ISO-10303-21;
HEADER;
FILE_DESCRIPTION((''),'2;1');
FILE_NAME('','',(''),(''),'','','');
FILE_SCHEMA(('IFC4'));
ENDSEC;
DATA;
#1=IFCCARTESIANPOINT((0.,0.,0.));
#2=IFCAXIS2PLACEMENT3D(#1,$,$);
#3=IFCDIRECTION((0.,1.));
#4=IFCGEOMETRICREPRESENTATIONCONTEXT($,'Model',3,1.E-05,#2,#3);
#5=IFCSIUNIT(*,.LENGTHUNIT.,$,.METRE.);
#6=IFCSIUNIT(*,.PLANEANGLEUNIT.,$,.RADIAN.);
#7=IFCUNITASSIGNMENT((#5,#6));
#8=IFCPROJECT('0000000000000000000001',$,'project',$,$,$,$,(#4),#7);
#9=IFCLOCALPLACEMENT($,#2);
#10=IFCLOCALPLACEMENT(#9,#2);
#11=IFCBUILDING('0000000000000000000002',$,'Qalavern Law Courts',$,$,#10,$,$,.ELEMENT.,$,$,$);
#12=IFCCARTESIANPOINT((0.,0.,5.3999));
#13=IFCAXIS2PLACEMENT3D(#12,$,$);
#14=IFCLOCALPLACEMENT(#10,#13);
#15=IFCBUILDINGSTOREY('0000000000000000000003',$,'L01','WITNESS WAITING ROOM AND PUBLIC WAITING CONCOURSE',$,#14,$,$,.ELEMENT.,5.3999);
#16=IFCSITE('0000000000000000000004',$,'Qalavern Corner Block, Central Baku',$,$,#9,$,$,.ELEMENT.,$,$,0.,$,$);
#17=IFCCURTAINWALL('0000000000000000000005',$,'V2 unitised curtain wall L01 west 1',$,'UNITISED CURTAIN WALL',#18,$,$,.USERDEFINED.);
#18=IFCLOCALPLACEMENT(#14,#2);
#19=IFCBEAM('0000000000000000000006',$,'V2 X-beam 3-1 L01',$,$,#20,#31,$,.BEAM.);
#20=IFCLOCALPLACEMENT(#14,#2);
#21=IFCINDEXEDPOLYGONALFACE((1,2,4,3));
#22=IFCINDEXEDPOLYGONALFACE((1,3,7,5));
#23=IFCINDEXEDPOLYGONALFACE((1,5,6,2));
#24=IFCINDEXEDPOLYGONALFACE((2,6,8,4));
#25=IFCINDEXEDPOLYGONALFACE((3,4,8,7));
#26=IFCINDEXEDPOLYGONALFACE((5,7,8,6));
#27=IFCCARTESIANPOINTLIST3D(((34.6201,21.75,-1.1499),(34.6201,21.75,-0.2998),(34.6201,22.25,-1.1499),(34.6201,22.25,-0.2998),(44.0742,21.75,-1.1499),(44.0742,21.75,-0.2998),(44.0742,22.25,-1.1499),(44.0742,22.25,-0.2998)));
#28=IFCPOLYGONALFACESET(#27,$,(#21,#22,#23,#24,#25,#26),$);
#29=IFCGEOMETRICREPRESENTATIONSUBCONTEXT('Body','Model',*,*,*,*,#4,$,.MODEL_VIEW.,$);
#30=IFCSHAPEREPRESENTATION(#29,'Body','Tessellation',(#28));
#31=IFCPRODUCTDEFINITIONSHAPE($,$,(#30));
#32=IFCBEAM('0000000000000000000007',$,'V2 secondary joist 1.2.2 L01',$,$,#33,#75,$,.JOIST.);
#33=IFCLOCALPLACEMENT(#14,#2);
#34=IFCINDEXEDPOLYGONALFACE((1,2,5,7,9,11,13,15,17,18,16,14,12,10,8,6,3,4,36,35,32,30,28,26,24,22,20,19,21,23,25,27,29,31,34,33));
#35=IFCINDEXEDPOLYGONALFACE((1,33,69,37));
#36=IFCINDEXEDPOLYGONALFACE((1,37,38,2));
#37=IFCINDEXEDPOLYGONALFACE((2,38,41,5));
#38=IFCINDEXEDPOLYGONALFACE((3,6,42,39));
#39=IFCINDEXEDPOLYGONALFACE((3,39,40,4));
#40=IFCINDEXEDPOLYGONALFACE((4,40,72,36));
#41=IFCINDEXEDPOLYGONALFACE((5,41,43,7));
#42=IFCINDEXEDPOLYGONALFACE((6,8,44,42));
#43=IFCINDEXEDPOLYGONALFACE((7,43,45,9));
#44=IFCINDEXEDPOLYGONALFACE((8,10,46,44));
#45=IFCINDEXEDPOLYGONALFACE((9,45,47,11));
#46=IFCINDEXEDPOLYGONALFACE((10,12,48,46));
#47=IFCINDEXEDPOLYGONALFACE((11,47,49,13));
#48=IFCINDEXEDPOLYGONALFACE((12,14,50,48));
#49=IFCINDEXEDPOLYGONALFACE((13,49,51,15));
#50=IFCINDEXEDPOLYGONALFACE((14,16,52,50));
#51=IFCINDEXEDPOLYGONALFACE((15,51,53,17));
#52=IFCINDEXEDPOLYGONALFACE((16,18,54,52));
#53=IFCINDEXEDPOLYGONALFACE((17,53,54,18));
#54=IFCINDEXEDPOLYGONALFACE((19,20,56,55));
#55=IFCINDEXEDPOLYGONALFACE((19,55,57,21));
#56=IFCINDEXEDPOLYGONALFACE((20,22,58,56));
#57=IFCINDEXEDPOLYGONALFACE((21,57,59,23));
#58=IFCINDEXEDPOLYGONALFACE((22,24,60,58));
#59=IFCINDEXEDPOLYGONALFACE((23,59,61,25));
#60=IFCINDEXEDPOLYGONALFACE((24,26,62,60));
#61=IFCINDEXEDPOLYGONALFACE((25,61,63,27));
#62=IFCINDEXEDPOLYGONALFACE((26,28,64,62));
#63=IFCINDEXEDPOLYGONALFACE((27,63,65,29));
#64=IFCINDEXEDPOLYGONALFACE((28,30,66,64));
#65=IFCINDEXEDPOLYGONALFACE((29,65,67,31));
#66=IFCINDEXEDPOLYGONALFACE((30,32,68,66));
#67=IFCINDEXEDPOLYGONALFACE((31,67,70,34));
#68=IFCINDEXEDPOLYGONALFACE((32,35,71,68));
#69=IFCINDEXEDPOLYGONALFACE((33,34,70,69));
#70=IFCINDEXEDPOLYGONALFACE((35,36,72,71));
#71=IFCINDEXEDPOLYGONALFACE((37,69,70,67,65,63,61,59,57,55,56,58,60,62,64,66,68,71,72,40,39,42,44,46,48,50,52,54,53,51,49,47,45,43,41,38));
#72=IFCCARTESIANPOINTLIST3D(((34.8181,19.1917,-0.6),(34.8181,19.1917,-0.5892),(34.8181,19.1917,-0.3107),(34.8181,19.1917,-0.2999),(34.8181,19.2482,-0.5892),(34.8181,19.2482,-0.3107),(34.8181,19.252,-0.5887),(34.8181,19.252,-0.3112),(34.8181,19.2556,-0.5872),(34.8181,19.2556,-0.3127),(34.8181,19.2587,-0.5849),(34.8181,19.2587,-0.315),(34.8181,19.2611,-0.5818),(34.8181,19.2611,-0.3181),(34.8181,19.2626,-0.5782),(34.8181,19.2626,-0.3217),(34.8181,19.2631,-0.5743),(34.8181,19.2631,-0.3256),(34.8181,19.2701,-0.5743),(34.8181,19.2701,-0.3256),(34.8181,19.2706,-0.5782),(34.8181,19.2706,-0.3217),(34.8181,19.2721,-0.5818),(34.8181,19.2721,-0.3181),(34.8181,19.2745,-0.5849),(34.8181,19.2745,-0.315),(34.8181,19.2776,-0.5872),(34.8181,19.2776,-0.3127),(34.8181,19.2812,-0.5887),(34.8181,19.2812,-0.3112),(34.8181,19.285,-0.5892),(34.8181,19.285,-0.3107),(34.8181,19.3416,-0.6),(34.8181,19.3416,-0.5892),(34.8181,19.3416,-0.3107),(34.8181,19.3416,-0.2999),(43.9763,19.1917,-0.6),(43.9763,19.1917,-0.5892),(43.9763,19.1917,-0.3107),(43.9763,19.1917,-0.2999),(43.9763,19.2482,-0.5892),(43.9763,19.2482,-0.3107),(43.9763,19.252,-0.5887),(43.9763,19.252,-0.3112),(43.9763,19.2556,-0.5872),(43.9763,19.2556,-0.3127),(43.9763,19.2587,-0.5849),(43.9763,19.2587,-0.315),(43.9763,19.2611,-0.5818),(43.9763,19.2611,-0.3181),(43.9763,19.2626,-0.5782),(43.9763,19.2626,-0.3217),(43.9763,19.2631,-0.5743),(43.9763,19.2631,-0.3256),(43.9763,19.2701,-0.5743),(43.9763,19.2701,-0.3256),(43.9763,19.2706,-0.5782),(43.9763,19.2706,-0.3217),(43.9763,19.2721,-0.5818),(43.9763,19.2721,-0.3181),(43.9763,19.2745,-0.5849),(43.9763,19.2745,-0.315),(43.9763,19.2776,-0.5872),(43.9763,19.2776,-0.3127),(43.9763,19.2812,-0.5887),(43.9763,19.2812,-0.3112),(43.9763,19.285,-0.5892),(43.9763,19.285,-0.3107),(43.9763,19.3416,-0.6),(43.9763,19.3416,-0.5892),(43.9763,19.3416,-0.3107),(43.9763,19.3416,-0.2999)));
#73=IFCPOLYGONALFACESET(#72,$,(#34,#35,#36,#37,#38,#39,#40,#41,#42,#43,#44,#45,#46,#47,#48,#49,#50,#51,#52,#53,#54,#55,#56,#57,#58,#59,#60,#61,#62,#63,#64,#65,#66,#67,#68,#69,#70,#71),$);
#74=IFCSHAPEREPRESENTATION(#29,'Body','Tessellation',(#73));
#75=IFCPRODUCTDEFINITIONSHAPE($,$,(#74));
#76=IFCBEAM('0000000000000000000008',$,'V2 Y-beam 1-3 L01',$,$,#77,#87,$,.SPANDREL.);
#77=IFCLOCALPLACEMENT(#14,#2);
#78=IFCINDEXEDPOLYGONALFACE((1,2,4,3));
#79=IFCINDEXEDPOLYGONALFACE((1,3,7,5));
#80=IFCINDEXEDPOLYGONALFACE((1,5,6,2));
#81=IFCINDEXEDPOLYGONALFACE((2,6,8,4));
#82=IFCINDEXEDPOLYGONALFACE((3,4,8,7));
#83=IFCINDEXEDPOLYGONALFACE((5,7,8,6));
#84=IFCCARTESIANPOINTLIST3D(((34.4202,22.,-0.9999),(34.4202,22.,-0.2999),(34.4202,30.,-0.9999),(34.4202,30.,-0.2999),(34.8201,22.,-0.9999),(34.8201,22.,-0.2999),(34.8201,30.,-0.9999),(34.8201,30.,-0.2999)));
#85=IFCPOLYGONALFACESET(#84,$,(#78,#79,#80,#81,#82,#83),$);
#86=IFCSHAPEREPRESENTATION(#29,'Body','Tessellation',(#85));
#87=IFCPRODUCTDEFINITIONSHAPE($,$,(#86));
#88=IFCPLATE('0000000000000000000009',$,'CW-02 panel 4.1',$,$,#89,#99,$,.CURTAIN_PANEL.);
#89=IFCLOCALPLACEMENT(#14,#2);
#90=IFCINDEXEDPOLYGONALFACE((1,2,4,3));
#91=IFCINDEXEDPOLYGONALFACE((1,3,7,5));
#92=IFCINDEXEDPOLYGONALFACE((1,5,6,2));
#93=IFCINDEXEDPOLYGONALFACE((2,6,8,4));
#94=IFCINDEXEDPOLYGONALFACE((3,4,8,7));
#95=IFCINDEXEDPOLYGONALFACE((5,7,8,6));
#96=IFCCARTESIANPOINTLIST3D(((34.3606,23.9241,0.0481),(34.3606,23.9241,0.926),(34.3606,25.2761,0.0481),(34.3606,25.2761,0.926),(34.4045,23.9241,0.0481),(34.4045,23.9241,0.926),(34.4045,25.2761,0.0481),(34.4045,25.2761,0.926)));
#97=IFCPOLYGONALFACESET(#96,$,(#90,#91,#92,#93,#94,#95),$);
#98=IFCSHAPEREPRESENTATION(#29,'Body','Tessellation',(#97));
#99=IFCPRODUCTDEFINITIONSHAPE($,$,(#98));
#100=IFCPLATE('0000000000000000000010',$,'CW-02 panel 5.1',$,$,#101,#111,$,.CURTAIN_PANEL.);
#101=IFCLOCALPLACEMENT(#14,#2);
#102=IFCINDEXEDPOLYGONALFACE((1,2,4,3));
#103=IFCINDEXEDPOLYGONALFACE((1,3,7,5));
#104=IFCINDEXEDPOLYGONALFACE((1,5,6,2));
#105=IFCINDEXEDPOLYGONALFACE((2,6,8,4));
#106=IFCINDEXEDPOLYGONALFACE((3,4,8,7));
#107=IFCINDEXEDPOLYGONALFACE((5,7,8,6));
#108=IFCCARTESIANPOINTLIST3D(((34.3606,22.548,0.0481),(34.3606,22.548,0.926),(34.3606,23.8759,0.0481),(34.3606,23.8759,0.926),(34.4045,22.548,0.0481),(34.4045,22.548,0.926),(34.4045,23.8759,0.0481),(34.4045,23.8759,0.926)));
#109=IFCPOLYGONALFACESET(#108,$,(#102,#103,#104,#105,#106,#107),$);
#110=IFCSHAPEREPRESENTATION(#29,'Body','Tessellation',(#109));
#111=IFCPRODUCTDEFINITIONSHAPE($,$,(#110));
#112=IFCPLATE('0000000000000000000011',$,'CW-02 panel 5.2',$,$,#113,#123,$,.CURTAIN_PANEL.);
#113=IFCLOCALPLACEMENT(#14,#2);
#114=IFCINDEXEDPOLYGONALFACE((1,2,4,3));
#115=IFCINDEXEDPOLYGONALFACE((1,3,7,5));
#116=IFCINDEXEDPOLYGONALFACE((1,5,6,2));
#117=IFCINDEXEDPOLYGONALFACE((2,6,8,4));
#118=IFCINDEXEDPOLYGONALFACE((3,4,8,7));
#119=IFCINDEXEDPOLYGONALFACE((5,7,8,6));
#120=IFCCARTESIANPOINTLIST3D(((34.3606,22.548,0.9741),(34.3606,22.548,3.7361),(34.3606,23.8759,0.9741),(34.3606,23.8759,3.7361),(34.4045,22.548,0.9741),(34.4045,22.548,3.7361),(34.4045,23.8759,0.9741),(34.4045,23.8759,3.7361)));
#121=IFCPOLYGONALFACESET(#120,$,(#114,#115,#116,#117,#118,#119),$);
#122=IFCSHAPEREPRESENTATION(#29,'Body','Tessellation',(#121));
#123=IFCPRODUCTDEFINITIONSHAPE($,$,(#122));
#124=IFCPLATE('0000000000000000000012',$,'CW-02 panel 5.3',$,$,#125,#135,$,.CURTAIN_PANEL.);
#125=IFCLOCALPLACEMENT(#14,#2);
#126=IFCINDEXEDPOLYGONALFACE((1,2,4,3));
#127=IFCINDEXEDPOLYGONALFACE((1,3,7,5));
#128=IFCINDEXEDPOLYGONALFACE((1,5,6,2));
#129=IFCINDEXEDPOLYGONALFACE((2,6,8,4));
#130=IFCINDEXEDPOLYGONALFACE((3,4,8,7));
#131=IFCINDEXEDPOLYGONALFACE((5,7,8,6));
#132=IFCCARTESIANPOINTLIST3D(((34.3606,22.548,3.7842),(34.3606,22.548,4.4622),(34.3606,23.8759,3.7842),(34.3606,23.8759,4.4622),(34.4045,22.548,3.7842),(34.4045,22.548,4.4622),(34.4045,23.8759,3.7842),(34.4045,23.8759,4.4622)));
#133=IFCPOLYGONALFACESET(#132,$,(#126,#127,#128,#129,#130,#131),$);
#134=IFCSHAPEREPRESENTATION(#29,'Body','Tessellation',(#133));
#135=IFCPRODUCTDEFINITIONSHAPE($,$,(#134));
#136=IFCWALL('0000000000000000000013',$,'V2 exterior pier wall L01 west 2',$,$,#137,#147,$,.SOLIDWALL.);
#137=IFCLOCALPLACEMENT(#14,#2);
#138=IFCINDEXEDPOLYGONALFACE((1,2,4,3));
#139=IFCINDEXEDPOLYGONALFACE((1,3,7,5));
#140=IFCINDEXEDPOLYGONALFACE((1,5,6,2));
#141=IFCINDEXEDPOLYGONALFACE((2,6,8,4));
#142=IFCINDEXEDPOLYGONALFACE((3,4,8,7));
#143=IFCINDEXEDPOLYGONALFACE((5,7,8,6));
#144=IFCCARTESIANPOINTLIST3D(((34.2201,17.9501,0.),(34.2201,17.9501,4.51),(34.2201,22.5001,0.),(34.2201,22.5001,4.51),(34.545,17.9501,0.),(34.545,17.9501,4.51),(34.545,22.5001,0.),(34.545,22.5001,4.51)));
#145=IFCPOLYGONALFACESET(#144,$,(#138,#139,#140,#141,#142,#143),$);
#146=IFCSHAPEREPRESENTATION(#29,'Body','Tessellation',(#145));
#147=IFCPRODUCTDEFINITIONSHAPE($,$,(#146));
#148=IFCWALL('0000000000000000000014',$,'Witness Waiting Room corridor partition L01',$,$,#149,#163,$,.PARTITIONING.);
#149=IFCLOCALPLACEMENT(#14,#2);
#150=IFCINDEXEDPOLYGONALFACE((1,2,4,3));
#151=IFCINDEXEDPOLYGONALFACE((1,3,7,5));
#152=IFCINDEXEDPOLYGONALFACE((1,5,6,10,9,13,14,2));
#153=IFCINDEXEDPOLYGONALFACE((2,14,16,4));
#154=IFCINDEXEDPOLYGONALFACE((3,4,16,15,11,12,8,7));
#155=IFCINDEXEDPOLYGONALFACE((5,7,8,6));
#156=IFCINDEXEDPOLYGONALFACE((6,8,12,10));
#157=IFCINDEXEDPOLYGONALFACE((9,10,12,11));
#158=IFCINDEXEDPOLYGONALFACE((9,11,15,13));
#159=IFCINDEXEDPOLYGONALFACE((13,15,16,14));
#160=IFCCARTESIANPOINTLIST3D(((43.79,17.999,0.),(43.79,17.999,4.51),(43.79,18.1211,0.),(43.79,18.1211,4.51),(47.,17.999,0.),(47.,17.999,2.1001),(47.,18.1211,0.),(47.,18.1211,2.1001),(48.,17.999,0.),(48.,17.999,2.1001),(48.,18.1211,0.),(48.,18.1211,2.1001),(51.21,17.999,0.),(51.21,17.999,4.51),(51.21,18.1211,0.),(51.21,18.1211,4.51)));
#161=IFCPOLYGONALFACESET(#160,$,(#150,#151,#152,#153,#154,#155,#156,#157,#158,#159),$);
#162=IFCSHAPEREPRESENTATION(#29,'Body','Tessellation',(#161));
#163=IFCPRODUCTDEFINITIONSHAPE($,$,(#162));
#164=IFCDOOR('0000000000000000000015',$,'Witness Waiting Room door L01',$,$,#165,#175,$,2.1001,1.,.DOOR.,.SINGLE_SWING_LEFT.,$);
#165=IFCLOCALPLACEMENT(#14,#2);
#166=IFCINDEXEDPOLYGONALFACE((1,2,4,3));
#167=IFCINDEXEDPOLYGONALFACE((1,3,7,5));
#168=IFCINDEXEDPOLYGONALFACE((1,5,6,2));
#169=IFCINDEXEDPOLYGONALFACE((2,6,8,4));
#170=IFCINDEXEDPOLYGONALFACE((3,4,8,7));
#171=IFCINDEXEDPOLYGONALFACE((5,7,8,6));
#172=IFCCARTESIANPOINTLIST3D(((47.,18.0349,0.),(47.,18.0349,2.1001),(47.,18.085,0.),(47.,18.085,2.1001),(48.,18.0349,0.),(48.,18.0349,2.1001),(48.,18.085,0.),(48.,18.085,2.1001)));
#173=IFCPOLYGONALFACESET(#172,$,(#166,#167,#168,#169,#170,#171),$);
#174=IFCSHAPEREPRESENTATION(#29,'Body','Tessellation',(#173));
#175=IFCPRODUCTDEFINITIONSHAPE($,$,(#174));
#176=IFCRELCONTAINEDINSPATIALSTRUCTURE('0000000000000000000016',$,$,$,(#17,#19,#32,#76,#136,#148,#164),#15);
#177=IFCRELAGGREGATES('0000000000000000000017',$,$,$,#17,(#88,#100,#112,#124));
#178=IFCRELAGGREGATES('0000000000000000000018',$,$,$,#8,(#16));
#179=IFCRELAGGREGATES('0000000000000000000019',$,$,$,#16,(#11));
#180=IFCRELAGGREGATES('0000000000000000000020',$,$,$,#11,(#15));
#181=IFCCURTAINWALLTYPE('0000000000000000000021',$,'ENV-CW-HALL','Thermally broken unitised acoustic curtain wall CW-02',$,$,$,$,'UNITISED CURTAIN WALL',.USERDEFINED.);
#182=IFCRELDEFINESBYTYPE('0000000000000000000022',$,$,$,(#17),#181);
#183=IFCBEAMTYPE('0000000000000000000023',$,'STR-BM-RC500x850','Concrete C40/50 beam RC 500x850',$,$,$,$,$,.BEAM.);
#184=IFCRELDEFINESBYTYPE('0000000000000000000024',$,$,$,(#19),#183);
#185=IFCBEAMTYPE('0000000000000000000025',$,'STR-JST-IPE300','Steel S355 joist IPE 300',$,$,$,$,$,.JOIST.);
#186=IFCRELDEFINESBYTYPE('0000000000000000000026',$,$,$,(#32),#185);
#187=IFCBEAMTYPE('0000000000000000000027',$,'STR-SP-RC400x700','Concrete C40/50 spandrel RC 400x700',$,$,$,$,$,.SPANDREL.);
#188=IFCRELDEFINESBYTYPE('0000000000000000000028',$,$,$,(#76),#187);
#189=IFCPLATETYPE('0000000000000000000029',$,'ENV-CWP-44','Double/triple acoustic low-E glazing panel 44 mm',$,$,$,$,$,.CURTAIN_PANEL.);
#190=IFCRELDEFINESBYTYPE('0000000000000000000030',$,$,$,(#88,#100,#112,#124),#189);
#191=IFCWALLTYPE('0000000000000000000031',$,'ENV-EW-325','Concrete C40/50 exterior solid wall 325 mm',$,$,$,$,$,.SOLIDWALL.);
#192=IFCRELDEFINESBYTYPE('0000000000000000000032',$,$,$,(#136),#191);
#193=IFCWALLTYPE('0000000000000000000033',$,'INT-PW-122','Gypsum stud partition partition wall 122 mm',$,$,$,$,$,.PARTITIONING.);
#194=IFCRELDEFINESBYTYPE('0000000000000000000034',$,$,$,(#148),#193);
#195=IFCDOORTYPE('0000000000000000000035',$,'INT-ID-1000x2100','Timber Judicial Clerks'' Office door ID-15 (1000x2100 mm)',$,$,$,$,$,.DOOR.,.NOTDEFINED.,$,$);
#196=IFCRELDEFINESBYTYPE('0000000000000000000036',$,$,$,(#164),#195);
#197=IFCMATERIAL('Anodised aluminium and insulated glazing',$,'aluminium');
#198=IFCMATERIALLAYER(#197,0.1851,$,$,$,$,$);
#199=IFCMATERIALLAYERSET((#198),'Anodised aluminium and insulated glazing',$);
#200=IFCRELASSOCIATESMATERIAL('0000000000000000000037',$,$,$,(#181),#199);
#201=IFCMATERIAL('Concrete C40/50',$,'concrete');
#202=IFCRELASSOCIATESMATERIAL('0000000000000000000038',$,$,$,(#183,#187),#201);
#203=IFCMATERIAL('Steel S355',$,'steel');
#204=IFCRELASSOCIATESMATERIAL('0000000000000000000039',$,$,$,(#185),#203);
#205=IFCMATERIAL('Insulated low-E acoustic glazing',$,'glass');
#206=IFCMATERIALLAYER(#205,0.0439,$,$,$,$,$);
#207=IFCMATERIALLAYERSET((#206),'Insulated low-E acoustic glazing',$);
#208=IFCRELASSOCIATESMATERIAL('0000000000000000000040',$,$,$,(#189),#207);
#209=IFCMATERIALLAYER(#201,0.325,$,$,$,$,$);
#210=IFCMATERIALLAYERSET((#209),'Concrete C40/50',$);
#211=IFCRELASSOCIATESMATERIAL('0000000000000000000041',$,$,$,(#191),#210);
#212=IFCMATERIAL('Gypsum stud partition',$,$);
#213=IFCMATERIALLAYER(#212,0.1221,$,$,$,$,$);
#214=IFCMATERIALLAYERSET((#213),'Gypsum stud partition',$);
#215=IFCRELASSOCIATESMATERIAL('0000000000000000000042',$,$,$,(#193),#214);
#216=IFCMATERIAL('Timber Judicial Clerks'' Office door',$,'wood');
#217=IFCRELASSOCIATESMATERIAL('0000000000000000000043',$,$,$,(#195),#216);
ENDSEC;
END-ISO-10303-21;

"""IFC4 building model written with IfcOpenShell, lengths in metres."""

from ifc_helpers import new_model, si_unit, direction, frame, frame_2d, origin, origin_2d, place, context, subcontext, project, spatial, rectangle, i_section, extrude, material, layer, layer_set, material_profile, profile_set, type_object, element, fill, aggregate, save


model = new_model("IFC4")

# Units and contexts
model_context = context("Model", 3, precision=1e-05, world=origin(), true_north=direction((0.0, 1.0)))
body_context = subcontext(model_context, "Body", "Model", "MODEL_VIEW")
ifc_project = project(units=[si_unit("LENGTHUNIT", "METRE"), si_unit("PLANEANGLEUNIT", "RADIAN")], contexts=[model_context])

# Site, building, storey
site_placement = place(None, origin())
site = spatial("IfcSite", under=ifc_project, at=site_placement, Name="Qalavern Corner Block, Central Baku", CompositionType="ELEMENT", RefElevation=0.0)
building_placement = place(site_placement, origin())
building = spatial("IfcBuilding", under=site, at=building_placement, Name="Qalavern Law Courts", CompositionType="ELEMENT")
storey_placement = place(building_placement, frame((0.0, 0.0, 5.3999)))
storey = spatial("IfcBuildingStorey", under=building, at=storey_placement, Name="L01", Description="WITNESS WAITING ROOM AND PUBLIC WAITING CONCOURSE", CompositionType="ELEMENT", Elevation=5.3999)

# Curtain wall
ifc_material_1 = material(Name="Anodised aluminium and insulated glazing", Category="aluminium")
ifc_layer_1 = layer(ifc_material_1, 0.1851)
ifc_layer_set_1 = layer_set([ifc_layer_1], Name="Anodised aluminium and insulated glazing")
curtain_wall_type = type_object("IfcCurtainWallType", Name="ENV-CW-HALL", Description="Thermally broken unitised acoustic curtain wall CW-02", ElementType="UNITISED CURTAIN WALL", PredefinedType="USERDEFINED", material=ifc_layer_set_1)
curtain_wall_placement = place(storey_placement, origin())
curtain_wall = element("IfcCurtainWall", 1, at=curtain_wall_placement, inside=storey, type_object=curtain_wall_type, Name="V2 unitised curtain wall L01 west 1", ObjectType="UNITISED CURTAIN WALL", PredefinedType="USERDEFINED")

# Beams
ifc_material_2 = material(Name="Steel S355", Category="steel")
ifc_material_3 = material(Name="Concrete C40/50", Category="concrete")
ifc_material_profile_1 = material_profile(ifc_material_3, rectangle(XDim=0.5, YDim=0.8501, at=origin_2d()), Name="RC 500x850")
ifc_profile_set_1 = profile_set([ifc_material_profile_1], Name="Concrete C40/50")
beam_type_1 = type_object("IfcBeamType", Name="STR-BM-RC500x850", Description="Concrete C40/50 beam RC 500x850", PredefinedType="BEAM", material=ifc_profile_set_1)
beam_1_placement = place(storey_placement, frame((34.6201, 22.0, -0.7249), z_axis=(1.0, 0.0, 0.0), x_axis=(0.0, 1.0, 0.0)))
element("IfcBeam", 2, at=beam_1_placement, inside=storey, type_object=beam_type_1, Name="V2 X-beam 3-1 L01", PredefinedType="BEAM", context=body_context, shape_type="SweptSolid", body=[
    extrude(rectangle(XDim=0.5, YDim=0.8501, at=origin_2d()), origin(), (0.0, 0.0, 1.0), 9.4541),
])
ifc_material_profile_2 = material_profile(ifc_material_2, i_section(OverallWidth=0.1499, OverallDepth=0.3, WebThickness=0.0071, FlangeThickness=0.0107, FilletRadius=0.0149, at=origin_2d()), Name="IPE 300")
ifc_profile_set_2 = profile_set([ifc_material_profile_2], Name="Steel S355")
beam_type_2 = type_object("IfcBeamType", Name="STR-JST-IPE300", Description="Steel S355 joist IPE 300", PredefinedType="JOIST", material=ifc_profile_set_2)
beam_2_placement = place(storey_placement, frame((34.8181, 19.2666, -0.45), z_axis=(1.0, 0.0, 0.0), x_axis=(0.0, 1.0, 0.0)))
element("IfcBeam", 3, at=beam_2_placement, inside=storey, type_object=beam_type_2, Name="V2 secondary joist 1.2.2 L01", PredefinedType="JOIST", context=body_context, shape_type="SweptSolid", body=[
    extrude(i_section(OverallWidth=0.1499, OverallDepth=0.3, WebThickness=0.0071, FlangeThickness=0.0107, FilletRadius=0.0149, at=origin_2d()), origin(), (0.0, 0.0, 1.0), 9.1582),
])
ifc_material_profile_3 = material_profile(ifc_material_3, rectangle(XDim=0.3999, YDim=0.7, at=origin_2d()), Name="RC 400x700")
ifc_profile_set_3 = profile_set([ifc_material_profile_3], Name="Concrete C40/50")
beam_type_3 = type_object("IfcBeamType", Name="STR-SP-RC400x700", Description="Concrete C40/50 spandrel RC 400x700", PredefinedType="SPANDREL", material=ifc_profile_set_3)
beam_3_placement = place(storey_placement, frame((34.6201, 22.0, -0.6499), z_axis=(0.0, 1.0, 0.0), x_axis=(-1.0, 0.0, 0.0)))
element("IfcBeam", 4, at=beam_3_placement, inside=storey, type_object=beam_type_3, Name="V2 Y-beam 1-3 L01", PredefinedType="SPANDREL", context=body_context, shape_type="SweptSolid", body=[
    extrude(rectangle(XDim=0.3999, YDim=0.7, at=origin_2d()), origin(), (0.0, 0.0, 1.0), 8.0),
])

# Plates
ifc_material_4 = material(Name="Insulated low-E acoustic glazing", Category="glass")
ifc_layer_2 = layer(ifc_material_4, 0.0439)
ifc_layer_set_2 = layer_set([ifc_layer_2], Name="Insulated low-E acoustic glazing")
plate_type = type_object("IfcPlateType", Name="ENV-CWP-44", Description="Double/triple acoustic low-E glazing panel 44 mm", PredefinedType="CURTAIN_PANEL", material=ifc_layer_set_2)
plate_1_placement = place(storey_placement, frame((34.3826, 24.6001, 0.0481), z_axis=(0.0, 0.0, 1.0), x_axis=(0.0, -1.0, 0.0)))
plate_1 = element("IfcPlate", 5, at=plate_1_placement, type_object=plate_type, Name="CW-02 panel 4.1", PredefinedType="CURTAIN_PANEL", context=body_context, shape_type="SweptSolid", body=[
    extrude(rectangle(XDim=1.3521, YDim=0.0439, at=origin_2d()), origin(), (0.0, 0.0, 1.0), 0.8779),
])
plate_2_placement = place(storey_placement, frame((34.3826, 23.2119, 0.0481), z_axis=(0.0, 0.0, 1.0), x_axis=(0.0, -1.0, 0.0)))
plate_2 = element("IfcPlate", 6, at=plate_2_placement, type_object=plate_type, Name="CW-02 panel 5.1", PredefinedType="CURTAIN_PANEL", context=body_context, shape_type="SweptSolid", body=[
    extrude(rectangle(XDim=1.3279, YDim=0.0439, at=origin_2d()), origin(), (0.0, 0.0, 1.0), 0.8779),
])
plate_3_placement = place(storey_placement, frame((34.3826, 23.2119, 0.9741), z_axis=(0.0, 0.0, 1.0), x_axis=(0.0, -1.0, 0.0)))
plate_3 = element("IfcPlate", 7, at=plate_3_placement, type_object=plate_type, Name="CW-02 panel 5.2", PredefinedType="CURTAIN_PANEL", context=body_context, shape_type="SweptSolid", body=[
    extrude(rectangle(XDim=1.3279, YDim=0.0439, at=origin_2d()), origin(), (0.0, 0.0, 1.0), 2.762),
])
plate_4_placement = place(storey_placement, frame((34.3826, 23.2119, 3.7842), z_axis=(0.0, 0.0, 1.0), x_axis=(0.0, -1.0, 0.0)))
plate_4 = element("IfcPlate", 8, at=plate_4_placement, type_object=plate_type, Name="CW-02 panel 5.3", PredefinedType="CURTAIN_PANEL", context=body_context, shape_type="SweptSolid", body=[
    extrude(rectangle(XDim=1.3279, YDim=0.0439, at=origin_2d()), origin(), (0.0, 0.0, 1.0), 0.678),
])
aggregate(curtain_wall, [plate_1, plate_2, plate_3, plate_4])

# Wall
ifc_layer_3 = layer(ifc_material_3, 0.325)
ifc_layer_set_3 = layer_set([ifc_layer_3], Name="Concrete C40/50")
wall_type_1 = type_object("IfcWallType", Name="ENV-EW-325", Description="Concrete C40/50 exterior solid wall 325 mm", PredefinedType="SOLIDWALL", material=ifc_layer_set_3)
wall_1_placement = place(storey_placement, frame((34.3826, 22.5, 0.0), z_axis=(0.0, 0.0, 1.0), x_axis=(0.0, -1.0, 0.0)))
element("IfcWall", 9, at=wall_1_placement, inside=storey, type_object=wall_type_1, Name="V2 exterior pier wall L01 west 2", PredefinedType="SOLIDWALL", context=body_context, shape_type="SweptSolid", body=[
    extrude(rectangle(XDim=4.55, YDim=0.325, at=frame_2d((2.2749, 0.0))), origin(), (0.0, 0.0, 1.0), 4.51),
])

# Wall, opening, door
ifc_material_5 = material(Name="Gypsum stud partition")
ifc_layer_4 = layer(ifc_material_5, 0.1221)
ifc_layer_set_4 = layer_set([ifc_layer_4], Name="Gypsum stud partition")
wall_type_2 = type_object("IfcWallType", Name="INT-PW-122", Description="Gypsum stud partition partition wall 122 mm", PredefinedType="PARTITIONING", material=ifc_layer_set_4)
wall_2_placement = place(storey_placement, frame((43.79, 18.0601, 0.0), z_axis=(0.0, 0.0, 1.0), x_axis=(1.0, 0.0, 0.0)))
wall_2 = element("IfcWall", 10, at=wall_2_placement, inside=storey, type_object=wall_type_2, Name="Witness Waiting Room corridor partition L01", PredefinedType="PARTITIONING", context=body_context, shape_type="SweptSolid", body=[
    extrude(rectangle(XDim=7.4199, YDim=0.1221, at=frame_2d((3.71, 0.0))), origin(), (0.0, 0.0, 1.0), 4.51),
])
opening_1_placement = place(wall_2_placement, frame((3.21, 0.0, 0.0)))
opening_1 = element("IfcOpeningElement", 11, at=opening_1_placement, cuts=wall_2, PredefinedType="OPENING", context=body_context, shape_type="SweptSolid", body=[
    extrude(rectangle(XDim=1.0, YDim=2.1001, at=frame_2d((0.5, 1.05))), frame((0.0, 0.0759, 0.0), z_axis=(0.0, -1.0, 0.0), x_axis=(1.0, 0.0, 0.0)), (0.0, 0.0, 1.0), 0.1519),
])
ifc_material_6 = material(Name="Timber Judicial Clerks' Office door", Category="wood")
door_type_1 = type_object("IfcDoorType", Name="INT-ID-1000x2100", Description="Timber Judicial Clerks' Office door ID-15 (1000x2100 mm)", OperationType="NOTDEFINED", PredefinedType="DOOR", material=ifc_material_6)
door_1_placement = place(opening_1_placement, origin())
door_1 = element("IfcDoor", 12, at=door_1_placement, inside=storey, type_object=door_type_1, Name="Witness Waiting Room door L01", OperationType="SINGLE_SWING_LEFT", OverallHeight=2.1001, OverallWidth=1.0, PredefinedType="DOOR", context=body_context, shape_type="SweptSolid", body=[
    extrude(rectangle(XDim=1.0, YDim=2.1001, at=frame_2d((0.5, 1.05))), frame((0.0, 0.0249, 0.0), z_axis=(0.0, -1.0, 0.0), x_axis=(1.0, 0.0, 0.0)), (0.0, 0.0, 1.0), 0.05),
])
fill(opening_1, door_1)

save(model, "model.ifc")
